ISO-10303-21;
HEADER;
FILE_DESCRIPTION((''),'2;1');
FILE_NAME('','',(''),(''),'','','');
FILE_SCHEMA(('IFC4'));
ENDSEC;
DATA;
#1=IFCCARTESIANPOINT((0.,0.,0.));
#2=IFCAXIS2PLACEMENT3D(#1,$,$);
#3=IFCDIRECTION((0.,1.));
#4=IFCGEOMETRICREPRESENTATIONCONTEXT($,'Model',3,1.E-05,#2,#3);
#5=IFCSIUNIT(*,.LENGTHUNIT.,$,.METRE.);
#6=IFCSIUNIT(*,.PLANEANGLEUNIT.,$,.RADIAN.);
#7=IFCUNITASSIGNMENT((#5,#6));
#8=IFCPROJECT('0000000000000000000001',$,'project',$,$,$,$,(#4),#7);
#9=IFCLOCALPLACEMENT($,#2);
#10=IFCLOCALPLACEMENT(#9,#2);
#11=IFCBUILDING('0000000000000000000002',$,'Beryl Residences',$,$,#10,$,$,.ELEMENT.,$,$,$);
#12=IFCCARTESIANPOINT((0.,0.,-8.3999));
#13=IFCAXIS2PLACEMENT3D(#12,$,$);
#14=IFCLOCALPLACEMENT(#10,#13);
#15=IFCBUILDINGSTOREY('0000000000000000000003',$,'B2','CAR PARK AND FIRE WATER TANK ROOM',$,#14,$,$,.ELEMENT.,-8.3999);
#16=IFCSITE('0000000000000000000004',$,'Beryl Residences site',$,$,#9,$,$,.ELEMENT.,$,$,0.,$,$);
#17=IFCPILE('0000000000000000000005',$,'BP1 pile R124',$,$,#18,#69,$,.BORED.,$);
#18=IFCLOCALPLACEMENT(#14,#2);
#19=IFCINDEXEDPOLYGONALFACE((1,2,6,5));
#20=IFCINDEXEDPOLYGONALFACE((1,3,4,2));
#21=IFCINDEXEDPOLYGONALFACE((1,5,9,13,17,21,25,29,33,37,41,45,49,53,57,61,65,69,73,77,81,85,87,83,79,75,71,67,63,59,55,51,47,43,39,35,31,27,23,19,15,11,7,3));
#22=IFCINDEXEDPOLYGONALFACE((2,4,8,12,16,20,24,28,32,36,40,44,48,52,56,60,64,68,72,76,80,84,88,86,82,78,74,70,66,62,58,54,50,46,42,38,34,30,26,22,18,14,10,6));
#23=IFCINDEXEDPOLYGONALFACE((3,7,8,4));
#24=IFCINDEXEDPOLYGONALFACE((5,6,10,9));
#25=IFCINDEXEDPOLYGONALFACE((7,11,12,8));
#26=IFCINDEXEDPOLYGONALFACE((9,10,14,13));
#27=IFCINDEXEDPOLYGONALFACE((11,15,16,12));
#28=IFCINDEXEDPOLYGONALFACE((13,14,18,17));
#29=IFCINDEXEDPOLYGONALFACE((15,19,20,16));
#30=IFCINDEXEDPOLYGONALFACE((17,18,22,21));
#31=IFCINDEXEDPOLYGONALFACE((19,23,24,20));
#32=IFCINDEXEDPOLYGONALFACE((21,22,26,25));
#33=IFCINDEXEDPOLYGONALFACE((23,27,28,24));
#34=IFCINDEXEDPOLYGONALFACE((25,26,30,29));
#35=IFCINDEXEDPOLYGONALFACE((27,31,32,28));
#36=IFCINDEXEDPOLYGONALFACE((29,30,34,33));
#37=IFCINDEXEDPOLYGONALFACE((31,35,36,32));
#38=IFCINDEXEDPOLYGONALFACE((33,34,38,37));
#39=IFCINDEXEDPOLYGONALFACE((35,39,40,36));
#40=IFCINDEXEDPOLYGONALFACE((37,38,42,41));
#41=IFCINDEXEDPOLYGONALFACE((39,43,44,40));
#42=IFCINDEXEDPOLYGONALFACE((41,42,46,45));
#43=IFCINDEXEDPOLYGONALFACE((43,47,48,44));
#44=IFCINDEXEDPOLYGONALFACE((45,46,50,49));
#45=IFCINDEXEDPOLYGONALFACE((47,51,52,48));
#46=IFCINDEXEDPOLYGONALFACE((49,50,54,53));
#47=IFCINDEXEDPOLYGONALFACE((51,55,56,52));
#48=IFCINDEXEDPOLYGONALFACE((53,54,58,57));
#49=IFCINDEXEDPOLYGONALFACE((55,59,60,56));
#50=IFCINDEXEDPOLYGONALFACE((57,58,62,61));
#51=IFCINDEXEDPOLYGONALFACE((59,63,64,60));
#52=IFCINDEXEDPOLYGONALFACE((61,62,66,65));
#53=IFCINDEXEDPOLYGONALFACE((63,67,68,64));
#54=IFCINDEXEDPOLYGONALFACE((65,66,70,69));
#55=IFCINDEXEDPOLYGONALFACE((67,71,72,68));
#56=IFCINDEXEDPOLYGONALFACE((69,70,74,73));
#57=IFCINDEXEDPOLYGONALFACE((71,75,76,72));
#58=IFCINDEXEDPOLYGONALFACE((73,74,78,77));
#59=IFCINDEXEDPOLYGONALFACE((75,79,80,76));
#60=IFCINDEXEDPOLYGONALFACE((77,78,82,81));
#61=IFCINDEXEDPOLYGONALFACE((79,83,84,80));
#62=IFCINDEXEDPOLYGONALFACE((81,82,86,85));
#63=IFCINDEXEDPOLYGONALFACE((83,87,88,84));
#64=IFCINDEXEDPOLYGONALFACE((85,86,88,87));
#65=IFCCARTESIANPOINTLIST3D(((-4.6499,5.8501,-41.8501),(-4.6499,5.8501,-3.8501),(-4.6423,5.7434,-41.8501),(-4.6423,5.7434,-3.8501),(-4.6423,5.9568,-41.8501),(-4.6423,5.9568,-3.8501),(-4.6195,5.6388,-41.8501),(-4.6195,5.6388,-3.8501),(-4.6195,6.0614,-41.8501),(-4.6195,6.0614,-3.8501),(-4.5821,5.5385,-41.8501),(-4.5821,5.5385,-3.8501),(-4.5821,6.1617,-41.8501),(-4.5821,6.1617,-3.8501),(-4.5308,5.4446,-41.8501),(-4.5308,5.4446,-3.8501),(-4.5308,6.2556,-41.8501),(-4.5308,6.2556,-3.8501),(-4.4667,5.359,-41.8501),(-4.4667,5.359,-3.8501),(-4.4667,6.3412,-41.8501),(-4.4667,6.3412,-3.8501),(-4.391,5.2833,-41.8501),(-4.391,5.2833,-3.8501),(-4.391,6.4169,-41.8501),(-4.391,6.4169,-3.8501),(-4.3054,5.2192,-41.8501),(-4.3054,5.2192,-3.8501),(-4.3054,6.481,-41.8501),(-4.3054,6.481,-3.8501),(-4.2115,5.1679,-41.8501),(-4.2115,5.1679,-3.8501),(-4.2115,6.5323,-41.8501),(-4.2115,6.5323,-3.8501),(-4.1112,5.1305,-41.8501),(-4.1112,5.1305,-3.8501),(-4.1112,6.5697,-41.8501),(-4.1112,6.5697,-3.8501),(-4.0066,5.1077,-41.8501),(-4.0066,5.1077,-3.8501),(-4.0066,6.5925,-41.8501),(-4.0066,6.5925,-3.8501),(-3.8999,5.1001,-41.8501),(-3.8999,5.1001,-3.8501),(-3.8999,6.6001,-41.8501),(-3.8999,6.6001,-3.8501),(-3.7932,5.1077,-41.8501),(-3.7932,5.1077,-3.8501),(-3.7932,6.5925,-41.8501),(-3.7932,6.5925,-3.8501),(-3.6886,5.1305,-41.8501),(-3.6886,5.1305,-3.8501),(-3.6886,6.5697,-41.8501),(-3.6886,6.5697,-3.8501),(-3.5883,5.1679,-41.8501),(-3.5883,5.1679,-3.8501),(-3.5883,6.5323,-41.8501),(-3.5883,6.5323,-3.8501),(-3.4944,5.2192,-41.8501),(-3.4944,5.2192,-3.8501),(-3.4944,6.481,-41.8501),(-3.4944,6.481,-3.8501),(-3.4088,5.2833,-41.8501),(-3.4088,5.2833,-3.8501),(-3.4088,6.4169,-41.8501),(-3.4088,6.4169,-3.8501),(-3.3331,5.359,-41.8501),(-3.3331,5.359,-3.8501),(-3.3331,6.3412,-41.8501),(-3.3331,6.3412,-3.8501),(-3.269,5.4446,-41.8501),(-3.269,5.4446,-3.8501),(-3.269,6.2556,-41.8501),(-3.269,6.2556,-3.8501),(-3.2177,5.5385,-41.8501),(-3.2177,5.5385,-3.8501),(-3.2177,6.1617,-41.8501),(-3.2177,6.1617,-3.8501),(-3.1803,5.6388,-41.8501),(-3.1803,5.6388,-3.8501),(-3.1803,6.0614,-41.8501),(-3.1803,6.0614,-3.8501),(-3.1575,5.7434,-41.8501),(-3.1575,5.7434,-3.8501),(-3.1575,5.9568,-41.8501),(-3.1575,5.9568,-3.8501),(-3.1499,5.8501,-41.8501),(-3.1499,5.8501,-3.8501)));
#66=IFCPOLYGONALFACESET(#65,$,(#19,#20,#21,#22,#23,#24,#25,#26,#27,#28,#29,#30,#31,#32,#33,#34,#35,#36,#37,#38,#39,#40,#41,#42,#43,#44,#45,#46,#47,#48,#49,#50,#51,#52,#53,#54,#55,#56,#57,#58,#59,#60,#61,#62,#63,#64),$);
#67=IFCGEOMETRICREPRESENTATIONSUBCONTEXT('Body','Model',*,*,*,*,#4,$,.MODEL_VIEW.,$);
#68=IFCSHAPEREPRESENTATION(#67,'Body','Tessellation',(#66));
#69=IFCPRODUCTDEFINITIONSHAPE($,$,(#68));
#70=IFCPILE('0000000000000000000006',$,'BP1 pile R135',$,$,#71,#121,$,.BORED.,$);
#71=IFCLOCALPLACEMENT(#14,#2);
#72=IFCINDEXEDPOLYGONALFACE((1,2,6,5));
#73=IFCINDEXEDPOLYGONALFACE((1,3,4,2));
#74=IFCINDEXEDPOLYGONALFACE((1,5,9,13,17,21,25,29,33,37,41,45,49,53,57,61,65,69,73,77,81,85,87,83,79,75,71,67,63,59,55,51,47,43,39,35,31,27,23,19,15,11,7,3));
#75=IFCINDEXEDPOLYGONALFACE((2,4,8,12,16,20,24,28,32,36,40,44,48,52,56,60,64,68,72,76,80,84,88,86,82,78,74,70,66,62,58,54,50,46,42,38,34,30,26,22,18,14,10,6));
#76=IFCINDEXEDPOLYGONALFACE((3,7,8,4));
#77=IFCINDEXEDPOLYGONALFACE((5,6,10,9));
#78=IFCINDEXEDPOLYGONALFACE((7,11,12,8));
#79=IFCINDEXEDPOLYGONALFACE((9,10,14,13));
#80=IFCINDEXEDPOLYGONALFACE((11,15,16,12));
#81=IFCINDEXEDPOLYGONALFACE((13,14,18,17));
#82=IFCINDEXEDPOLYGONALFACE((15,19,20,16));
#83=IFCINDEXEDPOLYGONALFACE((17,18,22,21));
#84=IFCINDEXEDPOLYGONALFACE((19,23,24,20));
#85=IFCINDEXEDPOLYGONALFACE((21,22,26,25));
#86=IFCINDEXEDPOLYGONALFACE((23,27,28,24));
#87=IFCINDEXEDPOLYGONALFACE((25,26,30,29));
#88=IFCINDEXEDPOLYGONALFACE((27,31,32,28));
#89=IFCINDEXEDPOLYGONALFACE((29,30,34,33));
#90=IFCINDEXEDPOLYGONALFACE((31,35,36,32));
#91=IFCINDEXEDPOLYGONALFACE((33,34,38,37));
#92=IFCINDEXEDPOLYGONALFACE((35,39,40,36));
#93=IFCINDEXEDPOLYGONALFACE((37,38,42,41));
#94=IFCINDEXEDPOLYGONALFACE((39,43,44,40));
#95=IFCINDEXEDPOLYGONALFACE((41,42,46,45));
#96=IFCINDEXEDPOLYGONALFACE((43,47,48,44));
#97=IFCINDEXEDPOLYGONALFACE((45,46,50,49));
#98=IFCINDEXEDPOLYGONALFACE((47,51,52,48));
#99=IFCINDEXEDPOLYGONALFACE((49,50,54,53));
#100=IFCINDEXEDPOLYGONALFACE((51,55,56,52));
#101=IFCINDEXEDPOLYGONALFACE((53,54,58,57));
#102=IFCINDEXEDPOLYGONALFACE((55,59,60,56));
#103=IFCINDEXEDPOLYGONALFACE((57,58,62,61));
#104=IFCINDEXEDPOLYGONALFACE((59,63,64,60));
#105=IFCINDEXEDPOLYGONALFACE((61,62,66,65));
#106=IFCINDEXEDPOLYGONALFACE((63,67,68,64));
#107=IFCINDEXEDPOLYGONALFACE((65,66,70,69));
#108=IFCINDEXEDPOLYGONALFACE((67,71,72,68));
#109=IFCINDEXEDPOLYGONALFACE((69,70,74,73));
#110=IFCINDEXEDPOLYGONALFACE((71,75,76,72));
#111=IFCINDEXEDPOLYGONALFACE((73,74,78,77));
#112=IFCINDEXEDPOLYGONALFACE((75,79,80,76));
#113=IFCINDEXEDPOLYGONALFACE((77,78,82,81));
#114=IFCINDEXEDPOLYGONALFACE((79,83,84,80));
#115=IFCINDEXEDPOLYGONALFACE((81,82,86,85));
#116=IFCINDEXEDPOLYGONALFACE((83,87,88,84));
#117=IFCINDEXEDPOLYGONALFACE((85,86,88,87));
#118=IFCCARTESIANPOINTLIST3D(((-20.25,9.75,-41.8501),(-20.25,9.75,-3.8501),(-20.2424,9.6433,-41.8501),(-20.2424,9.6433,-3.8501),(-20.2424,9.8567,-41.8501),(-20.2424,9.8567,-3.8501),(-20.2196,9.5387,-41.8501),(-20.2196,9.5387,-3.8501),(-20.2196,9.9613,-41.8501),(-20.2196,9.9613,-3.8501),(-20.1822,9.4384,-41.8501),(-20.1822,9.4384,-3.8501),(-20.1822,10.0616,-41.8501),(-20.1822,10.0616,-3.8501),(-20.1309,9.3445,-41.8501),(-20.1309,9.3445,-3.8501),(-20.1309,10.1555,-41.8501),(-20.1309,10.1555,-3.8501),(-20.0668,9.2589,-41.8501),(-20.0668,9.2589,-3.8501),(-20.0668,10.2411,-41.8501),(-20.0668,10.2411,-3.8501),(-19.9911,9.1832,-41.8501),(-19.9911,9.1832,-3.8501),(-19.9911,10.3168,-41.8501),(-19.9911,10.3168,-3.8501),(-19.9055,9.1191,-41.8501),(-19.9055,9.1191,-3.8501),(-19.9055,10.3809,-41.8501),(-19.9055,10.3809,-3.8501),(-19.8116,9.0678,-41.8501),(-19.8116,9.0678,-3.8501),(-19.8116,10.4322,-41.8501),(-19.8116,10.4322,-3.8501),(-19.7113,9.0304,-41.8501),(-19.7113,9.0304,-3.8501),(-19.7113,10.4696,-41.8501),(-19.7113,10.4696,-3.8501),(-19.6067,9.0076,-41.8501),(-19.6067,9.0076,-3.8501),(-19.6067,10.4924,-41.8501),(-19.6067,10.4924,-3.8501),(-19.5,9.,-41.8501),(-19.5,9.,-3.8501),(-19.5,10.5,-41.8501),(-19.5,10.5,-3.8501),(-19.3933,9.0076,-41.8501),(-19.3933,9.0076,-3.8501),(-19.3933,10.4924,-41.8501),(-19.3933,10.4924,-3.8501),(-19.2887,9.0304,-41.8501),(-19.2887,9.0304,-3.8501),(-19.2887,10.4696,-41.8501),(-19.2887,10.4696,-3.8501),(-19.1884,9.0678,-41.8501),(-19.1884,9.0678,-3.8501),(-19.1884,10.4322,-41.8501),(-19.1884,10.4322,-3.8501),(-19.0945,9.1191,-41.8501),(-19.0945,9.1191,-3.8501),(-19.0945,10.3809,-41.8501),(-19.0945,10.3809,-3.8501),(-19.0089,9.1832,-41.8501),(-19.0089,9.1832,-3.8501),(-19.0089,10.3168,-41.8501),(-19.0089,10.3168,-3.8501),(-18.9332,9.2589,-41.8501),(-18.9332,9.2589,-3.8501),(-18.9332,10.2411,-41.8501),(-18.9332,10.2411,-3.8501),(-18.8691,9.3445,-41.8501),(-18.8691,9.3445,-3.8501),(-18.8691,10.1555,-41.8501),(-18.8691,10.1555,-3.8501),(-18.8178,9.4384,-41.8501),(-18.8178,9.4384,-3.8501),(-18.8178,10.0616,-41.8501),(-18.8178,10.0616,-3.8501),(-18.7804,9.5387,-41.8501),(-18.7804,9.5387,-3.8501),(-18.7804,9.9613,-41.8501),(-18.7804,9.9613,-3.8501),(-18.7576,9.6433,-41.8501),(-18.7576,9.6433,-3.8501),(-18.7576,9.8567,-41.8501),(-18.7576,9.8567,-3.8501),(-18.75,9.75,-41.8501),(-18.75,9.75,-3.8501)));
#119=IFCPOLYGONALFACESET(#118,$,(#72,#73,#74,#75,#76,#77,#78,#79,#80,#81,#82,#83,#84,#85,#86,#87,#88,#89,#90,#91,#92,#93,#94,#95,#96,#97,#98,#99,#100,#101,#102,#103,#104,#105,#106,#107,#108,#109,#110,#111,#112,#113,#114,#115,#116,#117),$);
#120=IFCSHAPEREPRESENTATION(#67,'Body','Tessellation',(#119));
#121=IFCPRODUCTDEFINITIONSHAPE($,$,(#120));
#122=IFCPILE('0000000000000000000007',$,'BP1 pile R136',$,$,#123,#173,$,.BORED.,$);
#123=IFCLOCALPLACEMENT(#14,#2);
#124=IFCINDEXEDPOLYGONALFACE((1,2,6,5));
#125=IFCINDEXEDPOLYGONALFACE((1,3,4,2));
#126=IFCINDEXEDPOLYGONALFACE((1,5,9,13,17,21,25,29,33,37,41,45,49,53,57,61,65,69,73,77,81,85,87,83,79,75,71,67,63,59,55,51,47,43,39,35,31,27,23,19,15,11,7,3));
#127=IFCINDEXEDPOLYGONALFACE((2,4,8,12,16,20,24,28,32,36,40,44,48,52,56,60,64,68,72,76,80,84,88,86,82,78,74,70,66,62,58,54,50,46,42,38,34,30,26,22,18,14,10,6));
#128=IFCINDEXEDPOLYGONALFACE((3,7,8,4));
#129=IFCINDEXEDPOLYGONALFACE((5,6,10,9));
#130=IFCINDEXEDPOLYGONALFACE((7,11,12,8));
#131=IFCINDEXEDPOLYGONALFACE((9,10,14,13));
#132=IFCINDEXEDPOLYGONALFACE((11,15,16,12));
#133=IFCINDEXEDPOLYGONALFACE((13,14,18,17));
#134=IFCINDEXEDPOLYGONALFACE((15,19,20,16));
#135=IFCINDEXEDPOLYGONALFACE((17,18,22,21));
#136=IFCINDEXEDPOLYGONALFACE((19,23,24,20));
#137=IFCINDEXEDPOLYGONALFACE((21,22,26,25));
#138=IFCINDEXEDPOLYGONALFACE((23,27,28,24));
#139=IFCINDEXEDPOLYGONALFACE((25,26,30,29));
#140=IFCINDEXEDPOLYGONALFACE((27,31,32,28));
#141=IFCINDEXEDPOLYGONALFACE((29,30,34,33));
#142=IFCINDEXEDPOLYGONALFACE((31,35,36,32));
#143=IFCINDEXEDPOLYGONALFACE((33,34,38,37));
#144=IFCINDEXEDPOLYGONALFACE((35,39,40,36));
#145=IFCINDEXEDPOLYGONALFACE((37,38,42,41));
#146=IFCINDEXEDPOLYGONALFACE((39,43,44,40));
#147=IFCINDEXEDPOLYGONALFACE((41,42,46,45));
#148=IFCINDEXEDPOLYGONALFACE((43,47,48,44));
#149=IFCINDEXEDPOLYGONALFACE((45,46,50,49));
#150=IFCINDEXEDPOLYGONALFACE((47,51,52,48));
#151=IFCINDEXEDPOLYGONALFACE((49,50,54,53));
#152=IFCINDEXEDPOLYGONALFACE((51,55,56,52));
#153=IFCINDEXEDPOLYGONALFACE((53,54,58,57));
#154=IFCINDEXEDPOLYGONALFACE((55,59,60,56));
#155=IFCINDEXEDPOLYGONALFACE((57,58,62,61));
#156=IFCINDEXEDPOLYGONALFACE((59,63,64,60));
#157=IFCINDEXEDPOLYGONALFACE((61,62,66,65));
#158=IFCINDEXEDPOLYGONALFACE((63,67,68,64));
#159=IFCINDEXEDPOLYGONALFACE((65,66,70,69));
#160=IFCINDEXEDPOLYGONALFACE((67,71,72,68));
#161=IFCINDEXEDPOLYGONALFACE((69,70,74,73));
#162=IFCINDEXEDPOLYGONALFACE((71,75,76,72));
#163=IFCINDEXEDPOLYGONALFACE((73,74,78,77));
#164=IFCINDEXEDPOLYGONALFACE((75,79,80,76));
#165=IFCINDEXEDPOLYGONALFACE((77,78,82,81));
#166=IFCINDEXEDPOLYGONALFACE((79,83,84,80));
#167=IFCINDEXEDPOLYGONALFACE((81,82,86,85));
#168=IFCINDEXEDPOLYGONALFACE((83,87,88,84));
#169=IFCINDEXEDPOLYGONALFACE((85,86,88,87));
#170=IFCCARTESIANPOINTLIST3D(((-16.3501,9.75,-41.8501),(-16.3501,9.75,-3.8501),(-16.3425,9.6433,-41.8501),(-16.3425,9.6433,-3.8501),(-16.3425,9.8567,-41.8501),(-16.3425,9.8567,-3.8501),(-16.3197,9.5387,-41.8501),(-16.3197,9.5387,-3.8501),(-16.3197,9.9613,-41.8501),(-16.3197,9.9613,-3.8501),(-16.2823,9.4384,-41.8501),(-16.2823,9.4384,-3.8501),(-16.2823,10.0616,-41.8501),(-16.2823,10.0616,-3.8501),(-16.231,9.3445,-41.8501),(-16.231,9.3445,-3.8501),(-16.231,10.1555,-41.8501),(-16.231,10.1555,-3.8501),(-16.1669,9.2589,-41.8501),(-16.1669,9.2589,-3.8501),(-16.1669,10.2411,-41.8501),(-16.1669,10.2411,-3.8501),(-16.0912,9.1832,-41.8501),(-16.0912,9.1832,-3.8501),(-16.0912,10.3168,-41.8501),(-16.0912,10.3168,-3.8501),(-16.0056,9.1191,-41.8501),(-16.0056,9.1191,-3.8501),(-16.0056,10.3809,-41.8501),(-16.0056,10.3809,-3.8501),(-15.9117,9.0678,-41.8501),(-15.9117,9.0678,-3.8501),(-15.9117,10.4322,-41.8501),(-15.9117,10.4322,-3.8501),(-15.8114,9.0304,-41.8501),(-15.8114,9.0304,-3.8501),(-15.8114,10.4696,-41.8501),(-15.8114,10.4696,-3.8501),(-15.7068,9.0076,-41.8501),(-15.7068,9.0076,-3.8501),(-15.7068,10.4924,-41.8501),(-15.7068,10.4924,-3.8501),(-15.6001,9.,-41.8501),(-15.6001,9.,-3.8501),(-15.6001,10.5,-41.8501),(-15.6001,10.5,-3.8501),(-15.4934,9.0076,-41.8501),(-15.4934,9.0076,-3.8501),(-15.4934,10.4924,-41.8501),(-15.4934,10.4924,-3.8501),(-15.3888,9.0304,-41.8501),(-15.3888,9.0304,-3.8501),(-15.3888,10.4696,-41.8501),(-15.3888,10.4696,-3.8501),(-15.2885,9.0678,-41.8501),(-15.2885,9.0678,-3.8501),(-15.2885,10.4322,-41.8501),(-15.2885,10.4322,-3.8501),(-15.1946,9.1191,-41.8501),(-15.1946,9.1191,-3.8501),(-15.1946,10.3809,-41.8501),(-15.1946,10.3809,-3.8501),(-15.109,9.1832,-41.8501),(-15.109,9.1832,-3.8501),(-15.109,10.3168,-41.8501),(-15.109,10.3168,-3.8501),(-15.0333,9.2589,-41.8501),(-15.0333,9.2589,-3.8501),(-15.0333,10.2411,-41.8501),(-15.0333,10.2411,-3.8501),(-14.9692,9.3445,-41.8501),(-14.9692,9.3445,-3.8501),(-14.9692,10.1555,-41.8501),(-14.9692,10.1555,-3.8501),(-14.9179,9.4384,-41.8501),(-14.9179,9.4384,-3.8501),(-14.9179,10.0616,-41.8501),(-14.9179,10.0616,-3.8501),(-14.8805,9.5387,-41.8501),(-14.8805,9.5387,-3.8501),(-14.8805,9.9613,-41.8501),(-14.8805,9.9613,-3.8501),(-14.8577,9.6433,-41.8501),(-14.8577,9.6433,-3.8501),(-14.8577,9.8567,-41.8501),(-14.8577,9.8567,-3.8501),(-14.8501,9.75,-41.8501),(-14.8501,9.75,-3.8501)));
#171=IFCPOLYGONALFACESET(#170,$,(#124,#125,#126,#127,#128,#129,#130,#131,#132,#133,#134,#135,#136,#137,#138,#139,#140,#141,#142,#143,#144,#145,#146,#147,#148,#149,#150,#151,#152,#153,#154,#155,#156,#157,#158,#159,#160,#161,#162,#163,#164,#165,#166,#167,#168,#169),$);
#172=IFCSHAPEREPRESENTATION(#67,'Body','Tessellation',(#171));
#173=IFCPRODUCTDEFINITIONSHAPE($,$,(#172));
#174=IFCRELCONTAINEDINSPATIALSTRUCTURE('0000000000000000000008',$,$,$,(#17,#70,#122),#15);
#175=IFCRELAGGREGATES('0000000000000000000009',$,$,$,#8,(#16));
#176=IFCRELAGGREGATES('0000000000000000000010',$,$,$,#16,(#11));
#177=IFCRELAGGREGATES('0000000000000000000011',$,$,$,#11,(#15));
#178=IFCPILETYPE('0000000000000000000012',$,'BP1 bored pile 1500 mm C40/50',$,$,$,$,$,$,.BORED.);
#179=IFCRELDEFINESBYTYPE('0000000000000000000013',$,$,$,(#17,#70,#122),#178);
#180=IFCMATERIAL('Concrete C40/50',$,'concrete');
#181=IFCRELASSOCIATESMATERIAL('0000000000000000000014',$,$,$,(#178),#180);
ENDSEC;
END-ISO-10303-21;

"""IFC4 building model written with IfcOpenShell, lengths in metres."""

from ifc_helpers import new_model, si_unit, direction, frame, origin, origin_2d, place, context, subcontext, project, spatial, circle, extrude, material, material_profile, profile_set, type_object, element, save


model = new_model("IFC4")

# Units and contexts
model_context = context("Model", 3, precision=1e-05, world=origin(), true_north=direction((0.0, 1.0)))
body_context = subcontext(model_context, "Body", "Model", "MODEL_VIEW")
ifc_project = project(units=[si_unit("LENGTHUNIT", "METRE"), si_unit("PLANEANGLEUNIT", "RADIAN")], contexts=[model_context])

# Site, building, storey
site_placement = place(None, origin())
site = spatial("IfcSite", under=ifc_project, at=site_placement, Name="Beryl Residences site", CompositionType="ELEMENT", RefElevation=0.0)
building_placement = place(site_placement, origin())
building = spatial("IfcBuilding", under=site, at=building_placement, Name="Beryl Residences", CompositionType="ELEMENT")
storey_placement = place(building_placement, frame((0.0, 0.0, -8.3999)))
storey = spatial("IfcBuildingStorey", under=building, at=storey_placement, Name="B2", Description="CAR PARK AND FIRE WATER TANK ROOM", CompositionType="ELEMENT", Elevation=-8.3999)

# Piles
ifc_material_1 = material(Name="Concrete C40/50", Category="concrete")
ifc_material_profile_1 = material_profile(ifc_material_1, circle(Radius=0.75, at=origin_2d()))
ifc_profile_set_1 = profile_set([ifc_material_profile_1], Name="Concrete C40/50")
pile_type = type_object("IfcPileType", Name="BP1 bored pile 1500 mm C40/50", PredefinedType="BORED", material=ifc_profile_set_1)
for number, where, z_axis, x_axis, name in (
    (1, (-3.8999, 5.8501, -3.8501), (0.0, 0.0, -1.0), (1.0, 0.0, 0.0), "BP1 pile R124"),
    (2, (-19.5, 9.75, -3.8501), (0.0, 0.0, -1.0), (1.0, 0.0, 0.0), "BP1 pile R135"),
    (3, (-15.6001, 9.75, -3.8501), (0.0, 0.0, -1.0), (1.0, 0.0, 0.0), "BP1 pile R136"),
):
    element("IfcPile", number, at=place(storey_placement, frame(where, z_axis=z_axis, x_axis=x_axis)), inside=storey, type_object=pile_type, Name=name, PredefinedType="BORED", context=body_context, shape_type="SweptSolid", body=[
        extrude(circle(Radius=0.75, at=origin_2d()), origin(), (0.0, 0.0, 1.0), 38.0),
    ])

save(model, "model.ifc")
